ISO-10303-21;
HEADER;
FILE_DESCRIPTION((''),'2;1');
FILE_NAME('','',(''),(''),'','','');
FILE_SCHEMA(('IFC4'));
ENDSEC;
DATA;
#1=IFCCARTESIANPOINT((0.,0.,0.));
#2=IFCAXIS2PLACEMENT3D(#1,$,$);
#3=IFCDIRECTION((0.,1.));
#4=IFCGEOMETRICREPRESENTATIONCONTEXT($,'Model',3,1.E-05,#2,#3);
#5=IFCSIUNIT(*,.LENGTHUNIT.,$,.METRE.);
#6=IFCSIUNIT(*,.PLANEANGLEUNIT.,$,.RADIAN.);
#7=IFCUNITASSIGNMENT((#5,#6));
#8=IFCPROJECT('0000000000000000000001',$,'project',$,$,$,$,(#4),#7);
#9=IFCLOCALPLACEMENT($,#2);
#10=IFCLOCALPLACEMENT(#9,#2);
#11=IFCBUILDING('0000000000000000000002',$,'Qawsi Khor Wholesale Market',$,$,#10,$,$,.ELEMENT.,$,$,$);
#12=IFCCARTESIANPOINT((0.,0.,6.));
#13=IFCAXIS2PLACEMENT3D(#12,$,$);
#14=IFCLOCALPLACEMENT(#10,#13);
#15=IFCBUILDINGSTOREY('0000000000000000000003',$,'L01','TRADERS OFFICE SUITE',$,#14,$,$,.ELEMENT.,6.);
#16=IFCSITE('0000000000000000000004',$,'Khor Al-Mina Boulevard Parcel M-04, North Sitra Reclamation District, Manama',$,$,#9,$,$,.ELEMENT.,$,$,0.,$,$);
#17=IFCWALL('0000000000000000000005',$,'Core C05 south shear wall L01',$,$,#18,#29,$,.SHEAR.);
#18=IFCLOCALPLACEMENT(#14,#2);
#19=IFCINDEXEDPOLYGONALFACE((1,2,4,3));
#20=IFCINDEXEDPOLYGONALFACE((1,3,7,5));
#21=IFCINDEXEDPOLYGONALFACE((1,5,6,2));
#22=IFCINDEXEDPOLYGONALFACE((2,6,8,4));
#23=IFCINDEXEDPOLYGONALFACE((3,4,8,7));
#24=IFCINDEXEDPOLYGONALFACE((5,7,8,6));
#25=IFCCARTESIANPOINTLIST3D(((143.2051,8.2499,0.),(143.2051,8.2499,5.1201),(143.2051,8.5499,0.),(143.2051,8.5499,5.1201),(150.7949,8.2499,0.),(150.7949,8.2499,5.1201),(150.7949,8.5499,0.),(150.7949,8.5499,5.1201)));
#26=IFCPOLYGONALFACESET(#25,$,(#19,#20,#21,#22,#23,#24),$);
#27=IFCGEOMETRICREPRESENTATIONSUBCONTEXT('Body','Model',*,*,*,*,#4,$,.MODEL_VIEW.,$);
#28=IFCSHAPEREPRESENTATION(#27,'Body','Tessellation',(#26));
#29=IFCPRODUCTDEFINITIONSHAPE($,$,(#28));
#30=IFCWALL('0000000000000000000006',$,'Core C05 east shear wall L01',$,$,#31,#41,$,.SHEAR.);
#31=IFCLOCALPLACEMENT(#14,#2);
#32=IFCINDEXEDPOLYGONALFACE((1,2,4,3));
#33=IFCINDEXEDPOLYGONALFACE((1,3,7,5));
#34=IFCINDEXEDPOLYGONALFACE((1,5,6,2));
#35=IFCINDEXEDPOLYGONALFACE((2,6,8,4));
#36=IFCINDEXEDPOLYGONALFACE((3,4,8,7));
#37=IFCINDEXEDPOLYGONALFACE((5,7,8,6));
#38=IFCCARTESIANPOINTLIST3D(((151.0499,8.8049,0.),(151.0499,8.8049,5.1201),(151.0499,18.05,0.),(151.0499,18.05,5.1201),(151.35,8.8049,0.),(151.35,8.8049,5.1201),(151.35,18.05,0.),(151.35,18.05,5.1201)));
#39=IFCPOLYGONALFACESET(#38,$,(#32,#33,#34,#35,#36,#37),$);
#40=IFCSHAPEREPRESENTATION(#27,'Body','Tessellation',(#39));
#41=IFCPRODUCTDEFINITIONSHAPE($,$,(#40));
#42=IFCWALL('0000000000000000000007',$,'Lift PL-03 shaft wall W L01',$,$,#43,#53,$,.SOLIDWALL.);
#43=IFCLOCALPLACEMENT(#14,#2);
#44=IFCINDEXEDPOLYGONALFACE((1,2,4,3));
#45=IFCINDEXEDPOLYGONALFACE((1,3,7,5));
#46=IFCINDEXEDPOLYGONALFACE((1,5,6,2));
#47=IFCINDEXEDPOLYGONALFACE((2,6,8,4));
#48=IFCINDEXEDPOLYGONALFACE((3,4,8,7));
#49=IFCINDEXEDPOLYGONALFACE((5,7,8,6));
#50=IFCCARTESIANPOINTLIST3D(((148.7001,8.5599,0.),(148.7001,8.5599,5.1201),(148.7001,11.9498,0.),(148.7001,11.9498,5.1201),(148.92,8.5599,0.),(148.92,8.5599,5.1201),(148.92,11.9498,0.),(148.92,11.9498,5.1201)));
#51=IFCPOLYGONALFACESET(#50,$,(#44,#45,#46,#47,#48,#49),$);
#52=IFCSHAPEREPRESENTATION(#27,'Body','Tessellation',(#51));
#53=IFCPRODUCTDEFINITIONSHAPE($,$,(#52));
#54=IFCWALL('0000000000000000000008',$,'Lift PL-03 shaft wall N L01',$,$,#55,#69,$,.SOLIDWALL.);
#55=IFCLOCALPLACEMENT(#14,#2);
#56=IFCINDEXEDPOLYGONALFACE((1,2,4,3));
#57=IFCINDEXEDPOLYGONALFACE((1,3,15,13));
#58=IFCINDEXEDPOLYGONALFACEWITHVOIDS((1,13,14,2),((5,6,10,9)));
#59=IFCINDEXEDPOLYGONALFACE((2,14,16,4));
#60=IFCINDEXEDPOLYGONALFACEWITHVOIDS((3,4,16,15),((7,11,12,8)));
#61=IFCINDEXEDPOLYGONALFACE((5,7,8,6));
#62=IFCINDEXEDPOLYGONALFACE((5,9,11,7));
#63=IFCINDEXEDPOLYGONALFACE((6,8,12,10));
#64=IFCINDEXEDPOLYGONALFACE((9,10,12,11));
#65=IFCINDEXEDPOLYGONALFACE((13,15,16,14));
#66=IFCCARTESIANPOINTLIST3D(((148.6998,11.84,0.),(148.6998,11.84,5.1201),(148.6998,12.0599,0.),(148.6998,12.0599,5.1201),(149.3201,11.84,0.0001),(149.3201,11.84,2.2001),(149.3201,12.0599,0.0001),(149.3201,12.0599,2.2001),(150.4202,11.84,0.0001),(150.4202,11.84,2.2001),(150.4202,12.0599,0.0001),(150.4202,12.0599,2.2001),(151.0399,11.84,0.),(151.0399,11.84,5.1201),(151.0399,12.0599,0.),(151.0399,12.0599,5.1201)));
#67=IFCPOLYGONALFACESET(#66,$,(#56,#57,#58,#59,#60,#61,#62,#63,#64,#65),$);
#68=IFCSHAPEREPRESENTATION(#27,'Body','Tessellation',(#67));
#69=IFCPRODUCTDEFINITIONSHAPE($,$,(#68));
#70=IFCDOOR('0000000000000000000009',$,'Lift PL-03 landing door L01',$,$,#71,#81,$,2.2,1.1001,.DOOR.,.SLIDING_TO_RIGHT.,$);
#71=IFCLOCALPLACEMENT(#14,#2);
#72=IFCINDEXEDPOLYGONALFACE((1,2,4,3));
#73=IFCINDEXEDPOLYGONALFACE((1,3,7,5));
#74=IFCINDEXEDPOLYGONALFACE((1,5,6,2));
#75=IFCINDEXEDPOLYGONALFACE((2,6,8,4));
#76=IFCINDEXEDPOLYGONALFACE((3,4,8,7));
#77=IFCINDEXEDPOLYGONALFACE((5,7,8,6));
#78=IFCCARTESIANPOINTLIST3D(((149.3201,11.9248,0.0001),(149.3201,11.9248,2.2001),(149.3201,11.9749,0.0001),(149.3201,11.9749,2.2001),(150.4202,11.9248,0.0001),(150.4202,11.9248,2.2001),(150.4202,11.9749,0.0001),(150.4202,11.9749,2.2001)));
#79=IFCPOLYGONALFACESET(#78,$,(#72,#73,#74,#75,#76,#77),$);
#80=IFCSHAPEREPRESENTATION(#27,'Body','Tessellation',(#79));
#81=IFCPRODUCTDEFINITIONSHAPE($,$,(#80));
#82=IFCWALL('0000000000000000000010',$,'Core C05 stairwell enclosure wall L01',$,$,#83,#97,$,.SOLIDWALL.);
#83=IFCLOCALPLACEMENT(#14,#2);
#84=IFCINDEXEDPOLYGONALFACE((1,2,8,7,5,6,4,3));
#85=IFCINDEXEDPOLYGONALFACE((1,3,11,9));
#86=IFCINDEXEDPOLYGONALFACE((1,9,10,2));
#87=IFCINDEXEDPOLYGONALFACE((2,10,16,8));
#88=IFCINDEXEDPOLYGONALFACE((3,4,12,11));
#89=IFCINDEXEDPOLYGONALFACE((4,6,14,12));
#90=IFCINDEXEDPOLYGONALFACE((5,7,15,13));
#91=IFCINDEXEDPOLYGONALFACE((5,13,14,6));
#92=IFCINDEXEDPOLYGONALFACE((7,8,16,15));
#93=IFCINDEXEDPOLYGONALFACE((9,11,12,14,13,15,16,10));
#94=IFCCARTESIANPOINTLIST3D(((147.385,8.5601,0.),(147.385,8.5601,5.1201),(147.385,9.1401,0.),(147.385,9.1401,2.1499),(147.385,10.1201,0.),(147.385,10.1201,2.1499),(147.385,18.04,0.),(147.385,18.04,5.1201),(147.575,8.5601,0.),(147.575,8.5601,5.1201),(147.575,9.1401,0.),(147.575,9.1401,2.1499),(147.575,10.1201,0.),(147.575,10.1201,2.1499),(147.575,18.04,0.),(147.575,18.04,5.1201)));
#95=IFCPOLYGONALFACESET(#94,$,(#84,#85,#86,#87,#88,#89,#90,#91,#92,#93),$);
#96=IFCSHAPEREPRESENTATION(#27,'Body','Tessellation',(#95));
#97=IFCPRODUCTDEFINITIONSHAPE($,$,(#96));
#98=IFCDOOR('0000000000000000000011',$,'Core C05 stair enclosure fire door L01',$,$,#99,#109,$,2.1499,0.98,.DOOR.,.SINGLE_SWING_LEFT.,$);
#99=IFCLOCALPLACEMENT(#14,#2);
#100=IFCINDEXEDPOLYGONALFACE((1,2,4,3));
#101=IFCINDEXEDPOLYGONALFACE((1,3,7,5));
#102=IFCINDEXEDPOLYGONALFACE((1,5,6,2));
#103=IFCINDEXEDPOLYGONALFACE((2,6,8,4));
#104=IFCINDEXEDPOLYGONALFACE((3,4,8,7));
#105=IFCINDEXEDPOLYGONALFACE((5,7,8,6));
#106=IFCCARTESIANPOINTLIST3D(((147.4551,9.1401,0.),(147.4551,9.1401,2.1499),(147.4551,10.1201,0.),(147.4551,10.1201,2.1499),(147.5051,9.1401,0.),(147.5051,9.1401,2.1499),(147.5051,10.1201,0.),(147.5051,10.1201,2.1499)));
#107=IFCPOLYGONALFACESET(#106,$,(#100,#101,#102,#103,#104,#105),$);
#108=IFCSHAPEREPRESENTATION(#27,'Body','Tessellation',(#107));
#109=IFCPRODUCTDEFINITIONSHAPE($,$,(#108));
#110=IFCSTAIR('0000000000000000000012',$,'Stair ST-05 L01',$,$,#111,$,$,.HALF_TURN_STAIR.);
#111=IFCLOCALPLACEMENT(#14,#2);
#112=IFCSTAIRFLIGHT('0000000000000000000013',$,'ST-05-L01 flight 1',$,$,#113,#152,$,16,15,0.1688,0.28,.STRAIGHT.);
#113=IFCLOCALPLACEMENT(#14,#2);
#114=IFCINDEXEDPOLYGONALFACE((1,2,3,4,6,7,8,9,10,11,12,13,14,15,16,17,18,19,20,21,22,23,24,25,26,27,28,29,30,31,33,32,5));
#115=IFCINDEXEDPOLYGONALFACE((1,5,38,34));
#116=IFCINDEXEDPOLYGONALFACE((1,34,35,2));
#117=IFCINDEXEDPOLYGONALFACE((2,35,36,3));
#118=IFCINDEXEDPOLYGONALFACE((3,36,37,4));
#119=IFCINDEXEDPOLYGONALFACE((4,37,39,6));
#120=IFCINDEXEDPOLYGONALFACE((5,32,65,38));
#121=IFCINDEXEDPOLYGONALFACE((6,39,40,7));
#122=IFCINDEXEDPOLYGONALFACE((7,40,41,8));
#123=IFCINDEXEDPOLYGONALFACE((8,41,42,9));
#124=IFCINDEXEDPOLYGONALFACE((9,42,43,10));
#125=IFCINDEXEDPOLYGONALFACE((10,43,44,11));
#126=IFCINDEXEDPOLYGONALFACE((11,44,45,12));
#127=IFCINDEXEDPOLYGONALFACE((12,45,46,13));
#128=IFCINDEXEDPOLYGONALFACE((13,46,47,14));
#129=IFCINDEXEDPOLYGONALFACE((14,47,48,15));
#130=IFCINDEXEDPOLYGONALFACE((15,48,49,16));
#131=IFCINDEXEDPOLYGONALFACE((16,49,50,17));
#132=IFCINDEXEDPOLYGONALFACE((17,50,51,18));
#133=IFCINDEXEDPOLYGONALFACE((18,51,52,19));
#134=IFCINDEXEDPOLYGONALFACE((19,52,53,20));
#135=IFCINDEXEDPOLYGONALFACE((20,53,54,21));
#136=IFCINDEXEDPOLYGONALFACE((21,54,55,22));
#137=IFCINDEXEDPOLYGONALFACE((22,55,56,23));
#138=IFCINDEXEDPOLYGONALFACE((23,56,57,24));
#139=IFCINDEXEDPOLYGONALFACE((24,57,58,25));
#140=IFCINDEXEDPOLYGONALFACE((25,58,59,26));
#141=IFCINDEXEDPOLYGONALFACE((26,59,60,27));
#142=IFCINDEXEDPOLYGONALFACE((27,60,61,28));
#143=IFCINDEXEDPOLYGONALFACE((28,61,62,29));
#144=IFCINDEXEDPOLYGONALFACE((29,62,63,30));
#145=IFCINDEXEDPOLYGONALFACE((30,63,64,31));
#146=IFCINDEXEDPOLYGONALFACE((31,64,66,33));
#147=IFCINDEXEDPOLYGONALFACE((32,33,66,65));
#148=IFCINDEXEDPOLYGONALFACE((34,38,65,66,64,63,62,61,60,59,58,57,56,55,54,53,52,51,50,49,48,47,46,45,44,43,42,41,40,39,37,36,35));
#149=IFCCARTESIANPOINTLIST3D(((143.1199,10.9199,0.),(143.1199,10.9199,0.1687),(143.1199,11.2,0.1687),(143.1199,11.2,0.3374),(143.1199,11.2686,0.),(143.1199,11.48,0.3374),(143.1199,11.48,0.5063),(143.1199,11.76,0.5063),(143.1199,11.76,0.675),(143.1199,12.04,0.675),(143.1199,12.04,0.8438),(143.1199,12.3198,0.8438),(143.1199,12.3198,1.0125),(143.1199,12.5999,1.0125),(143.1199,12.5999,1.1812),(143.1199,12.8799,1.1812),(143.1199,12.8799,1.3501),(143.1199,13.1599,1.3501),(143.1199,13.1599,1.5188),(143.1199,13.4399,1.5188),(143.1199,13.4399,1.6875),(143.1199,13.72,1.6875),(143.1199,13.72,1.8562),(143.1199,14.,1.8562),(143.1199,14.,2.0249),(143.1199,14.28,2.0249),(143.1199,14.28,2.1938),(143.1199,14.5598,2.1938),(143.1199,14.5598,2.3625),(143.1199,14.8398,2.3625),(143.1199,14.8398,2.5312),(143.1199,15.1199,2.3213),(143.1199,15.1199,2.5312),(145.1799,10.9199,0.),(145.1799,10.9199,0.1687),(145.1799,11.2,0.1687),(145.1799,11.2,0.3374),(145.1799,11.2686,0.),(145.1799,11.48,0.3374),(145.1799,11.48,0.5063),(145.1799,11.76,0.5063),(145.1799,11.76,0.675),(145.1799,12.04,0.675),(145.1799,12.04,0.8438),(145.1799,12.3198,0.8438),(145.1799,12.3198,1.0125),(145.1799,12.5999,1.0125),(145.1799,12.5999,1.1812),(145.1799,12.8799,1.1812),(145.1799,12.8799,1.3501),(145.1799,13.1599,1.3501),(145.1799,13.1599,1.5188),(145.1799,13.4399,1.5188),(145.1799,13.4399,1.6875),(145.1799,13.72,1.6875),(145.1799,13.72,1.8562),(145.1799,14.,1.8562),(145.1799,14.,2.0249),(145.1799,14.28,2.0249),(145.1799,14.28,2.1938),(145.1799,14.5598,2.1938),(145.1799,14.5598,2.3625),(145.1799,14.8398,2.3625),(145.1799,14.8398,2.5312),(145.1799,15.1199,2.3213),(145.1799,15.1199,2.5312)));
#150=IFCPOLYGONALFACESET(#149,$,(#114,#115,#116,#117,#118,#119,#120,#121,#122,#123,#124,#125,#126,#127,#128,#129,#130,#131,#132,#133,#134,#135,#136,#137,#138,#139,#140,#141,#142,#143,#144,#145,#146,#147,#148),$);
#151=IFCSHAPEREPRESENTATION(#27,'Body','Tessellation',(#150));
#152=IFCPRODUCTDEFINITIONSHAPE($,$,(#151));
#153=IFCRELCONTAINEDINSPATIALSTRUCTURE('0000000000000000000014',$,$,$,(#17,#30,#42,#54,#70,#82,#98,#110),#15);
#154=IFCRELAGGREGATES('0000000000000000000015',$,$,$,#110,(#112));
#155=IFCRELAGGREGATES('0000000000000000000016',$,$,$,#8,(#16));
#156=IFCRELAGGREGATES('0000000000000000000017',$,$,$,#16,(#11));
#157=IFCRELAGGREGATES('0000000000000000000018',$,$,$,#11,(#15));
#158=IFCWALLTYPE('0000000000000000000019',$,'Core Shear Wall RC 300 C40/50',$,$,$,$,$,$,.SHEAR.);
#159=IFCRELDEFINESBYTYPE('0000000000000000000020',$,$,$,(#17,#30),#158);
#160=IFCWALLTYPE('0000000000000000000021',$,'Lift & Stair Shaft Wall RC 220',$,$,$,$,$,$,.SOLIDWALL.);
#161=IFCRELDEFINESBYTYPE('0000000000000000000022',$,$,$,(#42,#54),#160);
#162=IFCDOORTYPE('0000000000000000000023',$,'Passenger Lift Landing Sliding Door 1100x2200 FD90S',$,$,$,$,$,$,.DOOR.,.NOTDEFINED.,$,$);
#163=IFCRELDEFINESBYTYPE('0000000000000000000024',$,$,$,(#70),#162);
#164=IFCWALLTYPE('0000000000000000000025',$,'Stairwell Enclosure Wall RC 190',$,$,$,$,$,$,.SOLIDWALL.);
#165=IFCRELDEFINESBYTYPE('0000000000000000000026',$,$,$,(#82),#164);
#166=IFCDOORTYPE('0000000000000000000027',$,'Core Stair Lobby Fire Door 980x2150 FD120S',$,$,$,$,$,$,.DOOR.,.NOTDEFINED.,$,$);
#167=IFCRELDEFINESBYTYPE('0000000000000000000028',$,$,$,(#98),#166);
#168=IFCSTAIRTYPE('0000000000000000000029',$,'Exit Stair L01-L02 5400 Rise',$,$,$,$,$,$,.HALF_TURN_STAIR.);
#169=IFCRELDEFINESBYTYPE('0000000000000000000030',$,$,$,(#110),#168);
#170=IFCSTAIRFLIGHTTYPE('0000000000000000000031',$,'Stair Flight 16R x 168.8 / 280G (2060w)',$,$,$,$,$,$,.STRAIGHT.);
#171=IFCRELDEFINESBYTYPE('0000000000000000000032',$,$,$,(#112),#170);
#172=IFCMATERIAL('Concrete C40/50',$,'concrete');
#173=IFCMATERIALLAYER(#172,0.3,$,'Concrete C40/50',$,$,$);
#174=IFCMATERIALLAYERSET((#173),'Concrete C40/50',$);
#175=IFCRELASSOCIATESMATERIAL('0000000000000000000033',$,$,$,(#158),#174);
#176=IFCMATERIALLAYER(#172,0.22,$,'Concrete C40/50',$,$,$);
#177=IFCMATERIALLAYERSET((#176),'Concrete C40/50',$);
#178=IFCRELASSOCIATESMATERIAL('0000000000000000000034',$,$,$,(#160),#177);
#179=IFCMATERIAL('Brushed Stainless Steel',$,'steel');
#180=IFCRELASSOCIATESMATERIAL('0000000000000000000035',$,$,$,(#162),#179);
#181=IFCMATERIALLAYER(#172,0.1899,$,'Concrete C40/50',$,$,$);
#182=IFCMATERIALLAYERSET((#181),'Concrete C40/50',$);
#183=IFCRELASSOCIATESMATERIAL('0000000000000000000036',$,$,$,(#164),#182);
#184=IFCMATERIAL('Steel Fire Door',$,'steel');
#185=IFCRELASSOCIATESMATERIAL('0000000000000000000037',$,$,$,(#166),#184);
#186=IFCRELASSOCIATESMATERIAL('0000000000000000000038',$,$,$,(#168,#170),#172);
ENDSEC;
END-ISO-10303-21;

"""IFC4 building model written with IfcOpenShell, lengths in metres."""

from ifc_helpers import new_model, si_unit, direction, frame, frame_2d, origin, place, context, subcontext, project, spatial, polyline, rectangle, outline, extrude, material, layer, layer_set, type_object, element, fill, aggregate, save


model = new_model("IFC4")

# Units and contexts
model_context = context("Model", 3, precision=1e-05, world=origin(), true_north=direction((0.0, 1.0)))
body_context = subcontext(model_context, "Body", "Model", "MODEL_VIEW")
ifc_project = project(units=[si_unit("LENGTHUNIT", "METRE"), si_unit("PLANEANGLEUNIT", "RADIAN")], contexts=[model_context])

# Site, building, storey
site_placement = place(None, origin())
site = spatial("IfcSite", under=ifc_project, at=site_placement, Name="Khor Al-Mina Boulevard Parcel M-04, North Sitra Reclamation District, Manama", CompositionType="ELEMENT", RefElevation=0.0)
building_placement = place(site_placement, origin())
building = spatial("IfcBuilding", under=site, at=building_placement, Name="Qawsi Khor Wholesale Market", CompositionType="ELEMENT")
storey_placement = place(building_placement, frame((0.0, 0.0, 6.0)))
storey = spatial("IfcBuildingStorey", under=building, at=storey_placement, Name="L01", Description="TRADERS OFFICE SUITE", CompositionType="ELEMENT", Elevation=6.0)

# Shared definitions
ifc_material_1 = material(Name="Concrete C40/50", Category="concrete")

# Walls
ifc_layer_1 = layer(ifc_material_1, 0.3, Name="Concrete C40/50")
ifc_layer_set_1 = layer_set([ifc_layer_1], Name="Concrete C40/50")
wall_type_1 = type_object("IfcWallType", Name="Core Shear Wall RC 300 C40/50", PredefinedType="SHEAR", material=ifc_layer_set_1)
wall_1_placement = place(storey_placement, frame((150.7949, 8.3999, 0.0), z_axis=(0.0, 0.0, 1.0), x_axis=(-1.0, 0.0, 0.0)))
element("IfcWall", 1, at=wall_1_placement, inside=storey, type_object=wall_type_1, Name="Core C05 south shear wall L01", PredefinedType="SHEAR", context=body_context, shape_type="SweptSolid", body=[
    extrude(rectangle(XDim=7.5898, YDim=0.3, at=frame_2d((3.7949, 0.0))), origin(), (0.0, 0.0, 1.0), 5.1201),
])
wall_2_placement = place(storey_placement, frame((151.2, 18.05, 0.0), z_axis=(0.0, 0.0, 1.0), x_axis=(0.0, -1.0, 0.0)))
element("IfcWall", 2, at=wall_2_placement, inside=storey, type_object=wall_type_1, Name="Core C05 east shear wall L01", PredefinedType="SHEAR", context=body_context, shape_type="SweptSolid", body=[
    extrude(rectangle(XDim=9.2451, YDim=0.3, at=frame_2d((4.6226, 0.0))), origin(), (0.0, 0.0, 1.0), 5.1201),
])
ifc_layer_2 = layer(ifc_material_1, 0.22, Name="Concrete C40/50")
ifc_layer_set_2 = layer_set([ifc_layer_2], Name="Concrete C40/50")
wall_type_2 = type_object("IfcWallType", Name="Lift & Stair Shaft Wall RC 220", PredefinedType="SOLIDWALL", material=ifc_layer_set_2)
wall_3_placement = place(storey_placement, frame((148.8101, 8.5601, 0.0), z_axis=(0.0, 0.0, 1.0), x_axis=(0.0, 1.0, 0.0)))
element("IfcWall", 3, at=wall_3_placement, inside=storey, type_object=wall_type_2, Name="Lift PL-03 shaft wall W L01", PredefinedType="SOLIDWALL", context=body_context, shape_type="SweptSolid", body=[
    extrude(rectangle(XDim=3.3899, YDim=0.22, at=frame_2d((1.6948, 0.0))), origin(), (0.0, 0.0, 1.0), 5.1201),
])

# Walls, openings, doors
wall_4_placement = place(storey_placement, frame((148.7, 11.95, 0.0), z_axis=(0.0, 0.0, 1.0), x_axis=(1.0, 0.0, 0.0)))
wall_4 = element("IfcWall", 4, at=wall_4_placement, inside=storey, type_object=wall_type_2, Name="Lift PL-03 shaft wall N L01", PredefinedType="SOLIDWALL", context=body_context, shape_type="SweptSolid", body=[
    extrude(rectangle(XDim=2.3401, YDim=0.22, at=frame_2d((1.1699, 0.0))), origin(), (0.0, 0.0, 1.0), 5.1201),
])
opening_1_placement = place(wall_4_placement, frame((0.6201, 0.0, 0.0)))
opening_1 = element("IfcOpeningElement", 5, at=opening_1_placement, cuts=wall_4, PredefinedType="OPENING", context=body_context, shape_type="SweptSolid", body=[
    extrude(rectangle(XDim=1.1001, YDim=2.2, at=frame_2d((0.55, 1.1001))), frame((0.0, 0.1199, 0.0), z_axis=(0.0, -1.0, 0.0), x_axis=(1.0, 0.0, 0.0)), (0.0, 0.0, 1.0), 0.24),
])
ifc_material_2 = material(Name="Brushed Stainless Steel", Category="steel")
door_type_1 = type_object("IfcDoorType", Name="Passenger Lift Landing Sliding Door 1100x2200 FD90S", OperationType="NOTDEFINED", PredefinedType="DOOR", material=ifc_material_2)
door_1_placement = place(opening_1_placement, origin())
door_1 = element("IfcDoor", 6, at=door_1_placement, inside=storey, type_object=door_type_1, Name="Lift PL-03 landing door L01", OperationType="SLIDING_TO_RIGHT", OverallHeight=2.2, OverallWidth=1.1001, PredefinedType="DOOR", context=body_context, shape_type="SweptSolid", body=[
    extrude(rectangle(XDim=1.1001, YDim=2.2, at=frame_2d((0.55, 1.1001))), frame((0.0, 0.0249, 0.0), z_axis=(0.0, -1.0, 0.0), x_axis=(1.0, 0.0, 0.0)), (0.0, 0.0, 1.0), 0.05),
])
fill(opening_1, door_1)
ifc_layer_3 = layer(ifc_material_1, 0.1899, Name="Concrete C40/50")
ifc_layer_set_3 = layer_set([ifc_layer_3], Name="Concrete C40/50")
wall_type_3 = type_object("IfcWallType", Name="Stairwell Enclosure Wall RC 190", PredefinedType="SOLIDWALL", material=ifc_layer_set_3)
wall_5_placement = place(storey_placement, frame((147.48, 8.5601, 0.0), z_axis=(0.0, 0.0, 1.0), x_axis=(0.0, 1.0, 0.0)))
wall_5 = element("IfcWall", 7, at=wall_5_placement, inside=storey, type_object=wall_type_3, Name="Core C05 stairwell enclosure wall L01", PredefinedType="SOLIDWALL", context=body_context, shape_type="SweptSolid", body=[
    extrude(rectangle(XDim=9.48, YDim=0.1899, at=frame_2d((4.74, 0.0))), origin(), (0.0, 0.0, 1.0), 5.1201),
])
opening_2_placement = place(wall_5_placement, frame((0.5801, 0.0, 0.0)))
opening_2 = element("IfcOpeningElement", 8, at=opening_2_placement, cuts=wall_5, PredefinedType="OPENING", context=body_context, shape_type="SweptSolid", body=[
    extrude(rectangle(XDim=0.98, YDim=2.1499, at=frame_2d((0.49, 1.075))), frame((0.0, 0.105, 0.0), z_axis=(0.0, -1.0, 0.0), x_axis=(1.0, 0.0, 0.0)), (0.0, 0.0, 1.0), 0.21),
])
ifc_material_3 = material(Name="Steel Fire Door", Category="steel")
door_type_2 = type_object("IfcDoorType", Name="Core Stair Lobby Fire Door 980x2150 FD120S", OperationType="NOTDEFINED", PredefinedType="DOOR", material=ifc_material_3)
door_2_placement = place(opening_2_placement, origin())
door_2 = element("IfcDoor", 9, at=door_2_placement, inside=storey, type_object=door_type_2, Name="Core C05 stair enclosure fire door L01", OperationType="SINGLE_SWING_LEFT", OverallHeight=2.1499, OverallWidth=0.98, PredefinedType="DOOR", context=body_context, shape_type="SweptSolid", body=[
    extrude(rectangle(XDim=0.98, YDim=2.1499, at=frame_2d((0.49, 1.075))), frame((0.0, 0.0249, 0.0), z_axis=(0.0, -1.0, 0.0), x_axis=(1.0, 0.0, 0.0)), (0.0, 0.0, 1.0), 0.05),
])
fill(opening_2, door_2)

# Stair, stair flight
stair_type = type_object("IfcStairType", Name="Exit Stair L01-L02 5400 Rise", PredefinedType="HALF_TURN_STAIR", material=ifc_material_1)
stair_placement = place(storey_placement, origin())
stair = element("IfcStair", 10, at=stair_placement, inside=storey, type_object=stair_type, Name="Stair ST-05 L01", PredefinedType="HALF_TURN_STAIR")
stair_flight_type = type_object("IfcStairFlightType", Name="Stair Flight 16R x 168.8 / 280G (2060w)", PredefinedType="STRAIGHT", material=ifc_material_1)
stair_flight_1_placement = place(storey_placement, frame((144.1499, 10.9199, 0.0), z_axis=(0.0, 0.0, 1.0), x_axis=(0.0, 1.0, 0.0)))
stair_flight_1 = element("IfcStairFlight", 11, at=stair_flight_1_placement, type_object=stair_flight_type, Name="ST-05-L01 flight 1", NumberOfRisers=16, NumberOfTreads=15, PredefinedType="STRAIGHT", RiserHeight=0.1688, TreadLength=0.28, context=body_context, shape_type="SweptSolid", body=[
    extrude(outline(polyline([(0.0, 0.0), (0.0, 0.1687), (0.28, 0.1687), (0.28, 0.3374), (0.5601, 0.3374), (0.5601, 0.5063), (0.8401, 0.5063), (0.8401, 0.675), (1.1201, 0.675), (1.1201, 0.8438), (1.3999, 0.8438), (1.3999, 1.0125), (1.6799, 1.0125), (1.6799, 1.1812), (1.96, 1.1812), (1.96, 1.3501), (2.24, 1.3501), (2.24, 1.5188), (2.52, 1.5188), (2.52, 1.6875), (2.8, 1.6875), (2.8, 1.8562), (3.0801, 1.8562), (3.0801, 2.0249), (3.3601, 2.0249), (3.3601, 2.1938), (3.6399, 2.1938), (3.6399, 2.3625), (3.9199, 2.3625), (3.9199, 2.5312), (4.2, 2.5312), (4.2, 2.7), (4.2, 2.3213), (0.3486, 0.0), (0.0, 0.0)])), frame((0.0, 1.03, 0.0), z_axis=(0.0, -1.0, 0.0), x_axis=(1.0, 0.0, 0.0)), (0.0, 0.0, 1.0), 2.0601),
])
aggregate(stair, [stair_flight_1])

save(model, "model.ifc")
